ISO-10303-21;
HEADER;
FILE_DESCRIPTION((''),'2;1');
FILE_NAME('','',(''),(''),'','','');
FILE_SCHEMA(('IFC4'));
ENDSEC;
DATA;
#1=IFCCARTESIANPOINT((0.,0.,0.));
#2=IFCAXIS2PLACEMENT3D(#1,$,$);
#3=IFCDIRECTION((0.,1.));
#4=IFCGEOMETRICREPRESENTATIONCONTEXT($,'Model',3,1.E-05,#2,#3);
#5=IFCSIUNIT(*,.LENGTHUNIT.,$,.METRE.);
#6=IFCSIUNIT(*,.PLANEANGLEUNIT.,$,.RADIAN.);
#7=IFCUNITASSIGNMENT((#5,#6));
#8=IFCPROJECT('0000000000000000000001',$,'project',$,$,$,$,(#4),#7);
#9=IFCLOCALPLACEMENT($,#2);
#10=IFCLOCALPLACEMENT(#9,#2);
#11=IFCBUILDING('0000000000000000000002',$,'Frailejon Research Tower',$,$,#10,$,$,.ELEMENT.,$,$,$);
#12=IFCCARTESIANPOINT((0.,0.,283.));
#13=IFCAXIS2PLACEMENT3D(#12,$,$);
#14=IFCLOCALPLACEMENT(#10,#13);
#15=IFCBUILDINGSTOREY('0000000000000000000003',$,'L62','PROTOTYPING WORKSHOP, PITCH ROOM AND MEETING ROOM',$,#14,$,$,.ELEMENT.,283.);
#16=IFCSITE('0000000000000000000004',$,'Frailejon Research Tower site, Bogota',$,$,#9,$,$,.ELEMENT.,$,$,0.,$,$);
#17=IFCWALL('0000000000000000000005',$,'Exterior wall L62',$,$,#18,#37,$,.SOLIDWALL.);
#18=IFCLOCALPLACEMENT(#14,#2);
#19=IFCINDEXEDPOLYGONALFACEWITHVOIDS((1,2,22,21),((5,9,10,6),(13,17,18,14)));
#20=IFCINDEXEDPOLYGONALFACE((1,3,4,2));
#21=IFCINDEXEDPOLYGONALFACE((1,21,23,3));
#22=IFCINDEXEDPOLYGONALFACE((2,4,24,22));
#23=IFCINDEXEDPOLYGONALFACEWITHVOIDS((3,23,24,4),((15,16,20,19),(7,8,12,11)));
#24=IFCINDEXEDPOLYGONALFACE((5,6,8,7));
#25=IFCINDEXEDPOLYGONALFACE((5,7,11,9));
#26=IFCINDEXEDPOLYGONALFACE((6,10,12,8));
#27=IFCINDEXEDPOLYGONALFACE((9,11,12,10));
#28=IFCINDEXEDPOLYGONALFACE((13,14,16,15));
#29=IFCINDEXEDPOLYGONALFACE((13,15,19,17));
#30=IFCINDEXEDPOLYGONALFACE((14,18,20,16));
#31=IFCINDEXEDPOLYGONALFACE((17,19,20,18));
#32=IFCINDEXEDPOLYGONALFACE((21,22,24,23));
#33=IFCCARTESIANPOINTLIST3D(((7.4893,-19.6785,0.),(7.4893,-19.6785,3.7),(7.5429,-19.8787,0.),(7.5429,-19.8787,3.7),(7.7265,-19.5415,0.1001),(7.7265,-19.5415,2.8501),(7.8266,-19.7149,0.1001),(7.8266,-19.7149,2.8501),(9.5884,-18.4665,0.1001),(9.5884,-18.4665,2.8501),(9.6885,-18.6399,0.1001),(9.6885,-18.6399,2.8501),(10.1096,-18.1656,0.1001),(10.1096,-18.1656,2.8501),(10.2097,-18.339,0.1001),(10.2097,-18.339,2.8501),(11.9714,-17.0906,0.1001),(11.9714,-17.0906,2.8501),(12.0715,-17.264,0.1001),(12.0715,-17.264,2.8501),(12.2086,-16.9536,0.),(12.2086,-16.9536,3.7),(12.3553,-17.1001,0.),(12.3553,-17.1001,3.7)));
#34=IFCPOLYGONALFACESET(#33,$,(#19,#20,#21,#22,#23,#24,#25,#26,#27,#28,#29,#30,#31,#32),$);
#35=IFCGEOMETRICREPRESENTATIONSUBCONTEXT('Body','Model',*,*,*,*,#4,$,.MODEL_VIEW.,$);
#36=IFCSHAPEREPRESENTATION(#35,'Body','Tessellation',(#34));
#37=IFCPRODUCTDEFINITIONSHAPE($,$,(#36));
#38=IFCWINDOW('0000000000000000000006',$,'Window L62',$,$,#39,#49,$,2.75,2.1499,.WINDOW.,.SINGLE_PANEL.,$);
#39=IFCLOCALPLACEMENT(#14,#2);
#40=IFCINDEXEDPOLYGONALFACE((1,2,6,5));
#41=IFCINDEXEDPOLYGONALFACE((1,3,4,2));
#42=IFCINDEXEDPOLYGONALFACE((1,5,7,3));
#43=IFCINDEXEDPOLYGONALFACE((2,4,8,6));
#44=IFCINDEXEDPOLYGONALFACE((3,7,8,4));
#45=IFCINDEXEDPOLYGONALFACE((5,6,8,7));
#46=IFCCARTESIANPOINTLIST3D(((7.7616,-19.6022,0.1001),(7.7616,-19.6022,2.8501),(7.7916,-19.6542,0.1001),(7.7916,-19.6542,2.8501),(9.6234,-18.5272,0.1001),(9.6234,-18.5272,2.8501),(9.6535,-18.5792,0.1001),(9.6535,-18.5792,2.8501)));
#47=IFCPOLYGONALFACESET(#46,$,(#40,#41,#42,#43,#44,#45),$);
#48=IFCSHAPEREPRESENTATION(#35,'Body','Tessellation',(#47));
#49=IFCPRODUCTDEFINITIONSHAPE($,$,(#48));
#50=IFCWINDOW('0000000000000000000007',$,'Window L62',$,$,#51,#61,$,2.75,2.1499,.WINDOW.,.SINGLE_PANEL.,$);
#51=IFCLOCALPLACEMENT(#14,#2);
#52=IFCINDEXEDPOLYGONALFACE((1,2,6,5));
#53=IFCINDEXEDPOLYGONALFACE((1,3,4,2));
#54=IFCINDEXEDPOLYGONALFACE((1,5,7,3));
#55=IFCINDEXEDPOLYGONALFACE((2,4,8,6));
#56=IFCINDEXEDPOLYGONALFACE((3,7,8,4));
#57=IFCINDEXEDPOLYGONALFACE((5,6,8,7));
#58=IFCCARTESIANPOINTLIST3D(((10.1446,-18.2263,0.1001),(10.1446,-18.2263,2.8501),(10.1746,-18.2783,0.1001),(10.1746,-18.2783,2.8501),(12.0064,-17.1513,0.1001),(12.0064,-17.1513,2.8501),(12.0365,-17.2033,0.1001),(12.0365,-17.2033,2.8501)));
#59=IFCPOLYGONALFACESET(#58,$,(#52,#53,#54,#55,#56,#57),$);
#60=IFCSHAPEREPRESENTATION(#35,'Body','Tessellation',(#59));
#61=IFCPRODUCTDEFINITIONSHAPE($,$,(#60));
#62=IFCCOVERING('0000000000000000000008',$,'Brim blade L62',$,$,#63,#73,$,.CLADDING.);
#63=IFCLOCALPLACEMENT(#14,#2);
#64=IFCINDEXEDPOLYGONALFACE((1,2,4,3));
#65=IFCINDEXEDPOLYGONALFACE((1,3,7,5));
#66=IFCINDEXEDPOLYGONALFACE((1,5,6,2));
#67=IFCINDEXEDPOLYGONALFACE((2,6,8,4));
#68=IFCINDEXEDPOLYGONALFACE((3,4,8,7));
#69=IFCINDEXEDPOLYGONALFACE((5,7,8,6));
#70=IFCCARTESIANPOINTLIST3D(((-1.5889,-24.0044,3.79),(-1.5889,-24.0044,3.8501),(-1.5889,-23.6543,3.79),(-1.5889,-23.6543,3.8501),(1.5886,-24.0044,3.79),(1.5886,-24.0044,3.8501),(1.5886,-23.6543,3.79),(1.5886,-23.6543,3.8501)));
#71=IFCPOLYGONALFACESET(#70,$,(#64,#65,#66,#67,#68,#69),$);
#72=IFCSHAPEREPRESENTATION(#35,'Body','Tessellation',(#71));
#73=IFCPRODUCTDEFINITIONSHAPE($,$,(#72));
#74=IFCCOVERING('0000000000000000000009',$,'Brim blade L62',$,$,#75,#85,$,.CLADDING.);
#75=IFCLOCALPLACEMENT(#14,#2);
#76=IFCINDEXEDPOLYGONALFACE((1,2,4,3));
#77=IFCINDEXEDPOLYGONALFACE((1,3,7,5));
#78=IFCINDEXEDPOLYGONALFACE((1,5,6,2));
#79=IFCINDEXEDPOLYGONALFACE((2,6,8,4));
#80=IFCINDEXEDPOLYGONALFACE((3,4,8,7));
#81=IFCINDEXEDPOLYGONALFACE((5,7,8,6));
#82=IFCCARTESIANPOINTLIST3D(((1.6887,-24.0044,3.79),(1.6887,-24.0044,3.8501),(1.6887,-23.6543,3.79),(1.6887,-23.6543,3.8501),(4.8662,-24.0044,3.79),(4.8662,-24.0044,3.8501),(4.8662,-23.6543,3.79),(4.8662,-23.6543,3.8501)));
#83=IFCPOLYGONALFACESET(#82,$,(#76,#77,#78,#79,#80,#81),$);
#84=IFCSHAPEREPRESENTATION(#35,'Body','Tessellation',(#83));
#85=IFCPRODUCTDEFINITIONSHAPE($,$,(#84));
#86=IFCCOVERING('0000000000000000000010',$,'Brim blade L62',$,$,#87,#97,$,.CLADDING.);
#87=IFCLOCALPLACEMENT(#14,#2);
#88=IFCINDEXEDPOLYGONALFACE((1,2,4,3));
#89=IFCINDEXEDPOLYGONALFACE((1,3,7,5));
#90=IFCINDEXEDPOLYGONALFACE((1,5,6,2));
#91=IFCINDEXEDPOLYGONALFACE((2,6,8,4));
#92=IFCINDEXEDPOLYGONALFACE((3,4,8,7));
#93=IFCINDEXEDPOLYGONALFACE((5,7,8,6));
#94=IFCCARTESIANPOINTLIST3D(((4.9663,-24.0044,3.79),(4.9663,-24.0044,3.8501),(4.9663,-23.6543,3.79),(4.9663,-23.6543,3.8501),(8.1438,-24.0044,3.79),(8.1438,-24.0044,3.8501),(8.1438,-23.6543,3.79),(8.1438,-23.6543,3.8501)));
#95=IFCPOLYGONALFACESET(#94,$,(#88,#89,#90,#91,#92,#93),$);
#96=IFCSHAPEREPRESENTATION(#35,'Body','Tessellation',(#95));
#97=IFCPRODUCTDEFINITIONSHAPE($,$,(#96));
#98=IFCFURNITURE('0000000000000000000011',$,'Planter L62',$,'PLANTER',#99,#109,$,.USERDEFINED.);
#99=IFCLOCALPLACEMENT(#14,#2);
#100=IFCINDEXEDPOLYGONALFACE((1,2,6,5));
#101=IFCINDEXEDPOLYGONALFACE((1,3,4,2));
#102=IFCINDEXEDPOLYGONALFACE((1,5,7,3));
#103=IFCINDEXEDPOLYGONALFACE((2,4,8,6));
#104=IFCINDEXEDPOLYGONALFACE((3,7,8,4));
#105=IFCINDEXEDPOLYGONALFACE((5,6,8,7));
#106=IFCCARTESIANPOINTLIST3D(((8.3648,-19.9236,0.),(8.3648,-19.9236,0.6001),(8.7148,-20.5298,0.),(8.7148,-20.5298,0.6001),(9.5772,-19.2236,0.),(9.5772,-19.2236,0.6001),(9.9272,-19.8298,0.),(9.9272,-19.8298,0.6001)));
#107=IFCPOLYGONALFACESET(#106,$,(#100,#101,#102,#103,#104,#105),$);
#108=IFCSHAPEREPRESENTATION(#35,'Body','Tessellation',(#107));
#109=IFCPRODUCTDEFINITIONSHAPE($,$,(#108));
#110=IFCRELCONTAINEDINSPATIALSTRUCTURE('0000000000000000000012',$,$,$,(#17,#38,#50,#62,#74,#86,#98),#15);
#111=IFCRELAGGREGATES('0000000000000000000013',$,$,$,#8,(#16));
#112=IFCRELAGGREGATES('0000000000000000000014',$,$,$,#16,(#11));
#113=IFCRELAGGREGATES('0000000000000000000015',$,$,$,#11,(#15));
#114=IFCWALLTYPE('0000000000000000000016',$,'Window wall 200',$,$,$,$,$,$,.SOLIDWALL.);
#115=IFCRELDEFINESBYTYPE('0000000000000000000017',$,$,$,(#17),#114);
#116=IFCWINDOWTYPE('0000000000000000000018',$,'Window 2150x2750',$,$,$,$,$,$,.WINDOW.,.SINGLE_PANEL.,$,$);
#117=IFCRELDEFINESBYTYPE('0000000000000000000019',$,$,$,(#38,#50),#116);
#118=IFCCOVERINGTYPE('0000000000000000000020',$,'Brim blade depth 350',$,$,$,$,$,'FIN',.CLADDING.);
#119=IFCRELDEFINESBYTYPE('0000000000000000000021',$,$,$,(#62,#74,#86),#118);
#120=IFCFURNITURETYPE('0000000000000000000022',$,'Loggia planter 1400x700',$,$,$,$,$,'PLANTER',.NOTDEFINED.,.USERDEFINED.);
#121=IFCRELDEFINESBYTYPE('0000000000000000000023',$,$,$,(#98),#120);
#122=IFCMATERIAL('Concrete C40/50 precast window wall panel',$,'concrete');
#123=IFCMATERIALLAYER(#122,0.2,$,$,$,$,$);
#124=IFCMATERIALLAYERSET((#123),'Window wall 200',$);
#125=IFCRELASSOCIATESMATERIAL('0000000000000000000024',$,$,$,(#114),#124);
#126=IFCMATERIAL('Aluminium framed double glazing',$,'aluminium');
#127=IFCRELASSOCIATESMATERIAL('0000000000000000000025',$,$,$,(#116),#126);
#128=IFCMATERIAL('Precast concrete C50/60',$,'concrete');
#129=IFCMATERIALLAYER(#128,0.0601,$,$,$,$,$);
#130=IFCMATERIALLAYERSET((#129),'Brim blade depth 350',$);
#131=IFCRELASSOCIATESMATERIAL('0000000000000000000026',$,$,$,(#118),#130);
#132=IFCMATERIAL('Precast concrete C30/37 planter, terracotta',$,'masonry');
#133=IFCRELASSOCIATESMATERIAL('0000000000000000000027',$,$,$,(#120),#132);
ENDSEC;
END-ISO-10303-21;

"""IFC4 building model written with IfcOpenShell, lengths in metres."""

from ifc_helpers import new_model, si_unit, direction, frame, frame_2d, origin, origin_2d, place, context, subcontext, project, spatial, polyline, rectangle, outline, extrude, material, layer, layer_set, type_object, element, fill, save


model = new_model("IFC4")

# Units and contexts
model_context = context("Model", 3, precision=1e-05, world=origin(), true_north=direction((0.0, 1.0)))
body_context = subcontext(model_context, "Body", "Model", "MODEL_VIEW")
ifc_project = project(units=[si_unit("LENGTHUNIT", "METRE"), si_unit("PLANEANGLEUNIT", "RADIAN")], contexts=[model_context])

# Site, building, storey
site_placement = place(None, origin())
site = spatial("IfcSite", under=ifc_project, at=site_placement, Name="Frailejon Research Tower site, Bogota", CompositionType="ELEMENT", RefElevation=0.0)
building_placement = place(site_placement, origin())
building = spatial("IfcBuilding", under=site, at=building_placement, Name="Frailejon Research Tower", CompositionType="ELEMENT")
storey_placement = place(building_placement, frame((0.0, 0.0, 283.0)))
storey = spatial("IfcBuildingStorey", under=building, at=storey_placement, Name="L62", Description="PROTOTYPING WORKSHOP, PITCH ROOM AND MEETING ROOM", CompositionType="ELEMENT", Elevation=283.0)

# Wall, openings, windows
ifc_material_1 = material(Name="Concrete C40/50 precast window wall panel", Category="concrete")
ifc_layer_1 = layer(ifc_material_1, 0.2)
ifc_layer_set_1 = layer_set([ifc_layer_1], Name="Window wall 200")
wall_type_1 = type_object("IfcWallType", Name="Window wall 200", PredefinedType="SOLIDWALL", material=ifc_layer_set_1)
wall_1_placement = place(storey_placement, frame((7.5161, -19.7786, 0.0), z_axis=(0.0, 0.0, 1.0), x_axis=(0.866015, 0.500018, 0.0)))
wall_1 = element("IfcWall", 1, at=wall_1_placement, inside=storey, type_object=wall_type_1, Name="Exterior wall L62", PredefinedType="SOLIDWALL", context=body_context, shape_type="SweptSolid", body=[
    extrude(outline(polyline([(-0.0269, -0.1001), (1.0845, -0.1001), (2.1958, -0.1001), (3.3074, -0.1001), (4.4187, -0.1001), (5.53, -0.1001), (5.4763, 0.1001), (4.3865, 0.1001), (3.2966, 0.1001), (2.2065, 0.1001), (1.1167, 0.1001), (0.0269, 0.1001), (-0.0269, -0.1001)])), origin(), (0.0, 0.0, 1.0), 3.7),
])
opening_1_placement = place(wall_1_placement, frame((0.3008, 0.0, 0.1001)))
opening_1 = element("IfcOpeningElement", 2, at=opening_1_placement, cuts=wall_1, PredefinedType="OPENING", context=body_context, shape_type="SweptSolid", body=[
    extrude(rectangle(XDim=2.1499, YDim=2.75, at=frame_2d((1.075, 1.375))), frame((0.0, 0.1099, 0.0), z_axis=(0.0, -1.0, 0.0), x_axis=(1.0, 0.0, 0.0)), (0.0, 0.0, 1.0), 0.22),
])
opening_2_placement = place(wall_1_placement, frame((3.0525, 0.0, 0.1001)))
opening_2 = element("IfcOpeningElement", 3, at=opening_2_placement, cuts=wall_1, PredefinedType="OPENING", context=body_context, shape_type="SweptSolid", body=[
    extrude(rectangle(XDim=2.1499, YDim=2.75, at=frame_2d((1.075, 1.375))), frame((0.0, 0.1099, 0.0), z_axis=(0.0, -1.0, 0.0), x_axis=(1.0, 0.0, 0.0)), (0.0, 0.0, 1.0), 0.22),
])
ifc_material_2 = material(Name="Aluminium framed double glazing", Category="aluminium")
window_type = type_object("IfcWindowType", Name="Window 2150x2750", PartitioningType="SINGLE_PANEL", PredefinedType="WINDOW", material=ifc_material_2)
window_1_placement = place(opening_1_placement, origin())
window_1 = element("IfcWindow", 4, at=window_1_placement, inside=storey, type_object=window_type, Name="Window L62", OverallHeight=2.75, OverallWidth=2.1499, PartitioningType="SINGLE_PANEL", PredefinedType="WINDOW", context=body_context, shape_type="SweptSolid", body=[
    extrude(rectangle(XDim=2.1499, YDim=2.75, at=frame_2d((1.075, 1.375))), frame((0.0, 0.03, 0.0), z_axis=(0.0, -1.0, 0.0), x_axis=(1.0, 0.0, 0.0)), (0.0, 0.0, 1.0), 0.0601),
])
fill(opening_1, window_1)
window_2_placement = place(opening_2_placement, origin())
window_2 = element("IfcWindow", 5, at=window_2_placement, inside=storey, type_object=window_type, Name="Window L62", OverallHeight=2.75, OverallWidth=2.1499, PartitioningType="SINGLE_PANEL", PredefinedType="WINDOW", context=body_context, shape_type="SweptSolid", body=[
    extrude(rectangle(XDim=2.1499, YDim=2.75, at=frame_2d((1.075, 1.375))), frame((0.0, 0.03, 0.0), z_axis=(0.0, -1.0, 0.0), x_axis=(1.0, 0.0, 0.0)), (0.0, 0.0, 1.0), 0.0601),
])
fill(opening_2, window_2)

# Coverings
ifc_material_3 = material(Name="Precast concrete C50/60", Category="concrete")
ifc_layer_2 = layer(ifc_material_3, 0.0601)
ifc_layer_set_2 = layer_set([ifc_layer_2], Name="Brim blade depth 350")
covering_type = type_object("IfcCoveringType", Name="Brim blade depth 350", ElementType="FIN", PredefinedType="CLADDING", material=ifc_layer_set_2)
for number, where, z_axis, x_axis, name in (
    (6, (1.5886, -23.6543, 3.8501), (-1.0, 0.0, 0.0), (0.0, -1.0, 0.0), "Brim blade L62"),
    (7, (4.8662, -23.6543, 3.8501), (-1.0, 0.0, 0.0), (0.0, -1.0, 0.0), "Brim blade L62"),
    (8, (8.1438, -23.6543, 3.8501), (-1.0, 0.0, 0.0), (0.0, -1.0, 0.0), "Brim blade L62"),
):
    element("IfcCovering", number, at=place(storey_placement, frame(where, z_axis=z_axis, x_axis=x_axis)), inside=storey, type_object=covering_type, Name=name, PredefinedType="CLADDING", context=body_context, shape_type="SweptSolid", body=[
        extrude(outline(polyline([(0.0, -0.0601), (0.3501, -0.0601), (0.3501, 0.0), (0.0, 0.0), (0.0, -0.0601)])), origin(), (0.0, 0.0, 1.0), 3.1775),
    ])

# Furniture
ifc_material_4 = material(Name="Precast concrete C30/37 planter, terracotta", Category="masonry")
furniture_type = type_object("IfcFurnitureType", Name="Loggia planter 1400x700", ElementType="PLANTER", AssemblyPlace="NOTDEFINED", PredefinedType="USERDEFINED", material=ifc_material_4)
furniture_placement = place(storey_placement, frame((9.146, -19.8767, 0.0), z_axis=(0.0, 0.0, 1.0), x_axis=(0.866025, 0.5, 0.0)))
element("IfcFurniture", 9, at=furniture_placement, inside=storey, type_object=furniture_type, Name="Planter L62", ObjectType="PLANTER", PredefinedType="USERDEFINED", context=body_context, shape_type="SweptSolid", body=[
    extrude(rectangle(XDim=1.3999, YDim=0.7, at=origin_2d()), origin(), (0.0, 0.0, 1.0), 0.6001),
])

save(model, "model.ifc")
